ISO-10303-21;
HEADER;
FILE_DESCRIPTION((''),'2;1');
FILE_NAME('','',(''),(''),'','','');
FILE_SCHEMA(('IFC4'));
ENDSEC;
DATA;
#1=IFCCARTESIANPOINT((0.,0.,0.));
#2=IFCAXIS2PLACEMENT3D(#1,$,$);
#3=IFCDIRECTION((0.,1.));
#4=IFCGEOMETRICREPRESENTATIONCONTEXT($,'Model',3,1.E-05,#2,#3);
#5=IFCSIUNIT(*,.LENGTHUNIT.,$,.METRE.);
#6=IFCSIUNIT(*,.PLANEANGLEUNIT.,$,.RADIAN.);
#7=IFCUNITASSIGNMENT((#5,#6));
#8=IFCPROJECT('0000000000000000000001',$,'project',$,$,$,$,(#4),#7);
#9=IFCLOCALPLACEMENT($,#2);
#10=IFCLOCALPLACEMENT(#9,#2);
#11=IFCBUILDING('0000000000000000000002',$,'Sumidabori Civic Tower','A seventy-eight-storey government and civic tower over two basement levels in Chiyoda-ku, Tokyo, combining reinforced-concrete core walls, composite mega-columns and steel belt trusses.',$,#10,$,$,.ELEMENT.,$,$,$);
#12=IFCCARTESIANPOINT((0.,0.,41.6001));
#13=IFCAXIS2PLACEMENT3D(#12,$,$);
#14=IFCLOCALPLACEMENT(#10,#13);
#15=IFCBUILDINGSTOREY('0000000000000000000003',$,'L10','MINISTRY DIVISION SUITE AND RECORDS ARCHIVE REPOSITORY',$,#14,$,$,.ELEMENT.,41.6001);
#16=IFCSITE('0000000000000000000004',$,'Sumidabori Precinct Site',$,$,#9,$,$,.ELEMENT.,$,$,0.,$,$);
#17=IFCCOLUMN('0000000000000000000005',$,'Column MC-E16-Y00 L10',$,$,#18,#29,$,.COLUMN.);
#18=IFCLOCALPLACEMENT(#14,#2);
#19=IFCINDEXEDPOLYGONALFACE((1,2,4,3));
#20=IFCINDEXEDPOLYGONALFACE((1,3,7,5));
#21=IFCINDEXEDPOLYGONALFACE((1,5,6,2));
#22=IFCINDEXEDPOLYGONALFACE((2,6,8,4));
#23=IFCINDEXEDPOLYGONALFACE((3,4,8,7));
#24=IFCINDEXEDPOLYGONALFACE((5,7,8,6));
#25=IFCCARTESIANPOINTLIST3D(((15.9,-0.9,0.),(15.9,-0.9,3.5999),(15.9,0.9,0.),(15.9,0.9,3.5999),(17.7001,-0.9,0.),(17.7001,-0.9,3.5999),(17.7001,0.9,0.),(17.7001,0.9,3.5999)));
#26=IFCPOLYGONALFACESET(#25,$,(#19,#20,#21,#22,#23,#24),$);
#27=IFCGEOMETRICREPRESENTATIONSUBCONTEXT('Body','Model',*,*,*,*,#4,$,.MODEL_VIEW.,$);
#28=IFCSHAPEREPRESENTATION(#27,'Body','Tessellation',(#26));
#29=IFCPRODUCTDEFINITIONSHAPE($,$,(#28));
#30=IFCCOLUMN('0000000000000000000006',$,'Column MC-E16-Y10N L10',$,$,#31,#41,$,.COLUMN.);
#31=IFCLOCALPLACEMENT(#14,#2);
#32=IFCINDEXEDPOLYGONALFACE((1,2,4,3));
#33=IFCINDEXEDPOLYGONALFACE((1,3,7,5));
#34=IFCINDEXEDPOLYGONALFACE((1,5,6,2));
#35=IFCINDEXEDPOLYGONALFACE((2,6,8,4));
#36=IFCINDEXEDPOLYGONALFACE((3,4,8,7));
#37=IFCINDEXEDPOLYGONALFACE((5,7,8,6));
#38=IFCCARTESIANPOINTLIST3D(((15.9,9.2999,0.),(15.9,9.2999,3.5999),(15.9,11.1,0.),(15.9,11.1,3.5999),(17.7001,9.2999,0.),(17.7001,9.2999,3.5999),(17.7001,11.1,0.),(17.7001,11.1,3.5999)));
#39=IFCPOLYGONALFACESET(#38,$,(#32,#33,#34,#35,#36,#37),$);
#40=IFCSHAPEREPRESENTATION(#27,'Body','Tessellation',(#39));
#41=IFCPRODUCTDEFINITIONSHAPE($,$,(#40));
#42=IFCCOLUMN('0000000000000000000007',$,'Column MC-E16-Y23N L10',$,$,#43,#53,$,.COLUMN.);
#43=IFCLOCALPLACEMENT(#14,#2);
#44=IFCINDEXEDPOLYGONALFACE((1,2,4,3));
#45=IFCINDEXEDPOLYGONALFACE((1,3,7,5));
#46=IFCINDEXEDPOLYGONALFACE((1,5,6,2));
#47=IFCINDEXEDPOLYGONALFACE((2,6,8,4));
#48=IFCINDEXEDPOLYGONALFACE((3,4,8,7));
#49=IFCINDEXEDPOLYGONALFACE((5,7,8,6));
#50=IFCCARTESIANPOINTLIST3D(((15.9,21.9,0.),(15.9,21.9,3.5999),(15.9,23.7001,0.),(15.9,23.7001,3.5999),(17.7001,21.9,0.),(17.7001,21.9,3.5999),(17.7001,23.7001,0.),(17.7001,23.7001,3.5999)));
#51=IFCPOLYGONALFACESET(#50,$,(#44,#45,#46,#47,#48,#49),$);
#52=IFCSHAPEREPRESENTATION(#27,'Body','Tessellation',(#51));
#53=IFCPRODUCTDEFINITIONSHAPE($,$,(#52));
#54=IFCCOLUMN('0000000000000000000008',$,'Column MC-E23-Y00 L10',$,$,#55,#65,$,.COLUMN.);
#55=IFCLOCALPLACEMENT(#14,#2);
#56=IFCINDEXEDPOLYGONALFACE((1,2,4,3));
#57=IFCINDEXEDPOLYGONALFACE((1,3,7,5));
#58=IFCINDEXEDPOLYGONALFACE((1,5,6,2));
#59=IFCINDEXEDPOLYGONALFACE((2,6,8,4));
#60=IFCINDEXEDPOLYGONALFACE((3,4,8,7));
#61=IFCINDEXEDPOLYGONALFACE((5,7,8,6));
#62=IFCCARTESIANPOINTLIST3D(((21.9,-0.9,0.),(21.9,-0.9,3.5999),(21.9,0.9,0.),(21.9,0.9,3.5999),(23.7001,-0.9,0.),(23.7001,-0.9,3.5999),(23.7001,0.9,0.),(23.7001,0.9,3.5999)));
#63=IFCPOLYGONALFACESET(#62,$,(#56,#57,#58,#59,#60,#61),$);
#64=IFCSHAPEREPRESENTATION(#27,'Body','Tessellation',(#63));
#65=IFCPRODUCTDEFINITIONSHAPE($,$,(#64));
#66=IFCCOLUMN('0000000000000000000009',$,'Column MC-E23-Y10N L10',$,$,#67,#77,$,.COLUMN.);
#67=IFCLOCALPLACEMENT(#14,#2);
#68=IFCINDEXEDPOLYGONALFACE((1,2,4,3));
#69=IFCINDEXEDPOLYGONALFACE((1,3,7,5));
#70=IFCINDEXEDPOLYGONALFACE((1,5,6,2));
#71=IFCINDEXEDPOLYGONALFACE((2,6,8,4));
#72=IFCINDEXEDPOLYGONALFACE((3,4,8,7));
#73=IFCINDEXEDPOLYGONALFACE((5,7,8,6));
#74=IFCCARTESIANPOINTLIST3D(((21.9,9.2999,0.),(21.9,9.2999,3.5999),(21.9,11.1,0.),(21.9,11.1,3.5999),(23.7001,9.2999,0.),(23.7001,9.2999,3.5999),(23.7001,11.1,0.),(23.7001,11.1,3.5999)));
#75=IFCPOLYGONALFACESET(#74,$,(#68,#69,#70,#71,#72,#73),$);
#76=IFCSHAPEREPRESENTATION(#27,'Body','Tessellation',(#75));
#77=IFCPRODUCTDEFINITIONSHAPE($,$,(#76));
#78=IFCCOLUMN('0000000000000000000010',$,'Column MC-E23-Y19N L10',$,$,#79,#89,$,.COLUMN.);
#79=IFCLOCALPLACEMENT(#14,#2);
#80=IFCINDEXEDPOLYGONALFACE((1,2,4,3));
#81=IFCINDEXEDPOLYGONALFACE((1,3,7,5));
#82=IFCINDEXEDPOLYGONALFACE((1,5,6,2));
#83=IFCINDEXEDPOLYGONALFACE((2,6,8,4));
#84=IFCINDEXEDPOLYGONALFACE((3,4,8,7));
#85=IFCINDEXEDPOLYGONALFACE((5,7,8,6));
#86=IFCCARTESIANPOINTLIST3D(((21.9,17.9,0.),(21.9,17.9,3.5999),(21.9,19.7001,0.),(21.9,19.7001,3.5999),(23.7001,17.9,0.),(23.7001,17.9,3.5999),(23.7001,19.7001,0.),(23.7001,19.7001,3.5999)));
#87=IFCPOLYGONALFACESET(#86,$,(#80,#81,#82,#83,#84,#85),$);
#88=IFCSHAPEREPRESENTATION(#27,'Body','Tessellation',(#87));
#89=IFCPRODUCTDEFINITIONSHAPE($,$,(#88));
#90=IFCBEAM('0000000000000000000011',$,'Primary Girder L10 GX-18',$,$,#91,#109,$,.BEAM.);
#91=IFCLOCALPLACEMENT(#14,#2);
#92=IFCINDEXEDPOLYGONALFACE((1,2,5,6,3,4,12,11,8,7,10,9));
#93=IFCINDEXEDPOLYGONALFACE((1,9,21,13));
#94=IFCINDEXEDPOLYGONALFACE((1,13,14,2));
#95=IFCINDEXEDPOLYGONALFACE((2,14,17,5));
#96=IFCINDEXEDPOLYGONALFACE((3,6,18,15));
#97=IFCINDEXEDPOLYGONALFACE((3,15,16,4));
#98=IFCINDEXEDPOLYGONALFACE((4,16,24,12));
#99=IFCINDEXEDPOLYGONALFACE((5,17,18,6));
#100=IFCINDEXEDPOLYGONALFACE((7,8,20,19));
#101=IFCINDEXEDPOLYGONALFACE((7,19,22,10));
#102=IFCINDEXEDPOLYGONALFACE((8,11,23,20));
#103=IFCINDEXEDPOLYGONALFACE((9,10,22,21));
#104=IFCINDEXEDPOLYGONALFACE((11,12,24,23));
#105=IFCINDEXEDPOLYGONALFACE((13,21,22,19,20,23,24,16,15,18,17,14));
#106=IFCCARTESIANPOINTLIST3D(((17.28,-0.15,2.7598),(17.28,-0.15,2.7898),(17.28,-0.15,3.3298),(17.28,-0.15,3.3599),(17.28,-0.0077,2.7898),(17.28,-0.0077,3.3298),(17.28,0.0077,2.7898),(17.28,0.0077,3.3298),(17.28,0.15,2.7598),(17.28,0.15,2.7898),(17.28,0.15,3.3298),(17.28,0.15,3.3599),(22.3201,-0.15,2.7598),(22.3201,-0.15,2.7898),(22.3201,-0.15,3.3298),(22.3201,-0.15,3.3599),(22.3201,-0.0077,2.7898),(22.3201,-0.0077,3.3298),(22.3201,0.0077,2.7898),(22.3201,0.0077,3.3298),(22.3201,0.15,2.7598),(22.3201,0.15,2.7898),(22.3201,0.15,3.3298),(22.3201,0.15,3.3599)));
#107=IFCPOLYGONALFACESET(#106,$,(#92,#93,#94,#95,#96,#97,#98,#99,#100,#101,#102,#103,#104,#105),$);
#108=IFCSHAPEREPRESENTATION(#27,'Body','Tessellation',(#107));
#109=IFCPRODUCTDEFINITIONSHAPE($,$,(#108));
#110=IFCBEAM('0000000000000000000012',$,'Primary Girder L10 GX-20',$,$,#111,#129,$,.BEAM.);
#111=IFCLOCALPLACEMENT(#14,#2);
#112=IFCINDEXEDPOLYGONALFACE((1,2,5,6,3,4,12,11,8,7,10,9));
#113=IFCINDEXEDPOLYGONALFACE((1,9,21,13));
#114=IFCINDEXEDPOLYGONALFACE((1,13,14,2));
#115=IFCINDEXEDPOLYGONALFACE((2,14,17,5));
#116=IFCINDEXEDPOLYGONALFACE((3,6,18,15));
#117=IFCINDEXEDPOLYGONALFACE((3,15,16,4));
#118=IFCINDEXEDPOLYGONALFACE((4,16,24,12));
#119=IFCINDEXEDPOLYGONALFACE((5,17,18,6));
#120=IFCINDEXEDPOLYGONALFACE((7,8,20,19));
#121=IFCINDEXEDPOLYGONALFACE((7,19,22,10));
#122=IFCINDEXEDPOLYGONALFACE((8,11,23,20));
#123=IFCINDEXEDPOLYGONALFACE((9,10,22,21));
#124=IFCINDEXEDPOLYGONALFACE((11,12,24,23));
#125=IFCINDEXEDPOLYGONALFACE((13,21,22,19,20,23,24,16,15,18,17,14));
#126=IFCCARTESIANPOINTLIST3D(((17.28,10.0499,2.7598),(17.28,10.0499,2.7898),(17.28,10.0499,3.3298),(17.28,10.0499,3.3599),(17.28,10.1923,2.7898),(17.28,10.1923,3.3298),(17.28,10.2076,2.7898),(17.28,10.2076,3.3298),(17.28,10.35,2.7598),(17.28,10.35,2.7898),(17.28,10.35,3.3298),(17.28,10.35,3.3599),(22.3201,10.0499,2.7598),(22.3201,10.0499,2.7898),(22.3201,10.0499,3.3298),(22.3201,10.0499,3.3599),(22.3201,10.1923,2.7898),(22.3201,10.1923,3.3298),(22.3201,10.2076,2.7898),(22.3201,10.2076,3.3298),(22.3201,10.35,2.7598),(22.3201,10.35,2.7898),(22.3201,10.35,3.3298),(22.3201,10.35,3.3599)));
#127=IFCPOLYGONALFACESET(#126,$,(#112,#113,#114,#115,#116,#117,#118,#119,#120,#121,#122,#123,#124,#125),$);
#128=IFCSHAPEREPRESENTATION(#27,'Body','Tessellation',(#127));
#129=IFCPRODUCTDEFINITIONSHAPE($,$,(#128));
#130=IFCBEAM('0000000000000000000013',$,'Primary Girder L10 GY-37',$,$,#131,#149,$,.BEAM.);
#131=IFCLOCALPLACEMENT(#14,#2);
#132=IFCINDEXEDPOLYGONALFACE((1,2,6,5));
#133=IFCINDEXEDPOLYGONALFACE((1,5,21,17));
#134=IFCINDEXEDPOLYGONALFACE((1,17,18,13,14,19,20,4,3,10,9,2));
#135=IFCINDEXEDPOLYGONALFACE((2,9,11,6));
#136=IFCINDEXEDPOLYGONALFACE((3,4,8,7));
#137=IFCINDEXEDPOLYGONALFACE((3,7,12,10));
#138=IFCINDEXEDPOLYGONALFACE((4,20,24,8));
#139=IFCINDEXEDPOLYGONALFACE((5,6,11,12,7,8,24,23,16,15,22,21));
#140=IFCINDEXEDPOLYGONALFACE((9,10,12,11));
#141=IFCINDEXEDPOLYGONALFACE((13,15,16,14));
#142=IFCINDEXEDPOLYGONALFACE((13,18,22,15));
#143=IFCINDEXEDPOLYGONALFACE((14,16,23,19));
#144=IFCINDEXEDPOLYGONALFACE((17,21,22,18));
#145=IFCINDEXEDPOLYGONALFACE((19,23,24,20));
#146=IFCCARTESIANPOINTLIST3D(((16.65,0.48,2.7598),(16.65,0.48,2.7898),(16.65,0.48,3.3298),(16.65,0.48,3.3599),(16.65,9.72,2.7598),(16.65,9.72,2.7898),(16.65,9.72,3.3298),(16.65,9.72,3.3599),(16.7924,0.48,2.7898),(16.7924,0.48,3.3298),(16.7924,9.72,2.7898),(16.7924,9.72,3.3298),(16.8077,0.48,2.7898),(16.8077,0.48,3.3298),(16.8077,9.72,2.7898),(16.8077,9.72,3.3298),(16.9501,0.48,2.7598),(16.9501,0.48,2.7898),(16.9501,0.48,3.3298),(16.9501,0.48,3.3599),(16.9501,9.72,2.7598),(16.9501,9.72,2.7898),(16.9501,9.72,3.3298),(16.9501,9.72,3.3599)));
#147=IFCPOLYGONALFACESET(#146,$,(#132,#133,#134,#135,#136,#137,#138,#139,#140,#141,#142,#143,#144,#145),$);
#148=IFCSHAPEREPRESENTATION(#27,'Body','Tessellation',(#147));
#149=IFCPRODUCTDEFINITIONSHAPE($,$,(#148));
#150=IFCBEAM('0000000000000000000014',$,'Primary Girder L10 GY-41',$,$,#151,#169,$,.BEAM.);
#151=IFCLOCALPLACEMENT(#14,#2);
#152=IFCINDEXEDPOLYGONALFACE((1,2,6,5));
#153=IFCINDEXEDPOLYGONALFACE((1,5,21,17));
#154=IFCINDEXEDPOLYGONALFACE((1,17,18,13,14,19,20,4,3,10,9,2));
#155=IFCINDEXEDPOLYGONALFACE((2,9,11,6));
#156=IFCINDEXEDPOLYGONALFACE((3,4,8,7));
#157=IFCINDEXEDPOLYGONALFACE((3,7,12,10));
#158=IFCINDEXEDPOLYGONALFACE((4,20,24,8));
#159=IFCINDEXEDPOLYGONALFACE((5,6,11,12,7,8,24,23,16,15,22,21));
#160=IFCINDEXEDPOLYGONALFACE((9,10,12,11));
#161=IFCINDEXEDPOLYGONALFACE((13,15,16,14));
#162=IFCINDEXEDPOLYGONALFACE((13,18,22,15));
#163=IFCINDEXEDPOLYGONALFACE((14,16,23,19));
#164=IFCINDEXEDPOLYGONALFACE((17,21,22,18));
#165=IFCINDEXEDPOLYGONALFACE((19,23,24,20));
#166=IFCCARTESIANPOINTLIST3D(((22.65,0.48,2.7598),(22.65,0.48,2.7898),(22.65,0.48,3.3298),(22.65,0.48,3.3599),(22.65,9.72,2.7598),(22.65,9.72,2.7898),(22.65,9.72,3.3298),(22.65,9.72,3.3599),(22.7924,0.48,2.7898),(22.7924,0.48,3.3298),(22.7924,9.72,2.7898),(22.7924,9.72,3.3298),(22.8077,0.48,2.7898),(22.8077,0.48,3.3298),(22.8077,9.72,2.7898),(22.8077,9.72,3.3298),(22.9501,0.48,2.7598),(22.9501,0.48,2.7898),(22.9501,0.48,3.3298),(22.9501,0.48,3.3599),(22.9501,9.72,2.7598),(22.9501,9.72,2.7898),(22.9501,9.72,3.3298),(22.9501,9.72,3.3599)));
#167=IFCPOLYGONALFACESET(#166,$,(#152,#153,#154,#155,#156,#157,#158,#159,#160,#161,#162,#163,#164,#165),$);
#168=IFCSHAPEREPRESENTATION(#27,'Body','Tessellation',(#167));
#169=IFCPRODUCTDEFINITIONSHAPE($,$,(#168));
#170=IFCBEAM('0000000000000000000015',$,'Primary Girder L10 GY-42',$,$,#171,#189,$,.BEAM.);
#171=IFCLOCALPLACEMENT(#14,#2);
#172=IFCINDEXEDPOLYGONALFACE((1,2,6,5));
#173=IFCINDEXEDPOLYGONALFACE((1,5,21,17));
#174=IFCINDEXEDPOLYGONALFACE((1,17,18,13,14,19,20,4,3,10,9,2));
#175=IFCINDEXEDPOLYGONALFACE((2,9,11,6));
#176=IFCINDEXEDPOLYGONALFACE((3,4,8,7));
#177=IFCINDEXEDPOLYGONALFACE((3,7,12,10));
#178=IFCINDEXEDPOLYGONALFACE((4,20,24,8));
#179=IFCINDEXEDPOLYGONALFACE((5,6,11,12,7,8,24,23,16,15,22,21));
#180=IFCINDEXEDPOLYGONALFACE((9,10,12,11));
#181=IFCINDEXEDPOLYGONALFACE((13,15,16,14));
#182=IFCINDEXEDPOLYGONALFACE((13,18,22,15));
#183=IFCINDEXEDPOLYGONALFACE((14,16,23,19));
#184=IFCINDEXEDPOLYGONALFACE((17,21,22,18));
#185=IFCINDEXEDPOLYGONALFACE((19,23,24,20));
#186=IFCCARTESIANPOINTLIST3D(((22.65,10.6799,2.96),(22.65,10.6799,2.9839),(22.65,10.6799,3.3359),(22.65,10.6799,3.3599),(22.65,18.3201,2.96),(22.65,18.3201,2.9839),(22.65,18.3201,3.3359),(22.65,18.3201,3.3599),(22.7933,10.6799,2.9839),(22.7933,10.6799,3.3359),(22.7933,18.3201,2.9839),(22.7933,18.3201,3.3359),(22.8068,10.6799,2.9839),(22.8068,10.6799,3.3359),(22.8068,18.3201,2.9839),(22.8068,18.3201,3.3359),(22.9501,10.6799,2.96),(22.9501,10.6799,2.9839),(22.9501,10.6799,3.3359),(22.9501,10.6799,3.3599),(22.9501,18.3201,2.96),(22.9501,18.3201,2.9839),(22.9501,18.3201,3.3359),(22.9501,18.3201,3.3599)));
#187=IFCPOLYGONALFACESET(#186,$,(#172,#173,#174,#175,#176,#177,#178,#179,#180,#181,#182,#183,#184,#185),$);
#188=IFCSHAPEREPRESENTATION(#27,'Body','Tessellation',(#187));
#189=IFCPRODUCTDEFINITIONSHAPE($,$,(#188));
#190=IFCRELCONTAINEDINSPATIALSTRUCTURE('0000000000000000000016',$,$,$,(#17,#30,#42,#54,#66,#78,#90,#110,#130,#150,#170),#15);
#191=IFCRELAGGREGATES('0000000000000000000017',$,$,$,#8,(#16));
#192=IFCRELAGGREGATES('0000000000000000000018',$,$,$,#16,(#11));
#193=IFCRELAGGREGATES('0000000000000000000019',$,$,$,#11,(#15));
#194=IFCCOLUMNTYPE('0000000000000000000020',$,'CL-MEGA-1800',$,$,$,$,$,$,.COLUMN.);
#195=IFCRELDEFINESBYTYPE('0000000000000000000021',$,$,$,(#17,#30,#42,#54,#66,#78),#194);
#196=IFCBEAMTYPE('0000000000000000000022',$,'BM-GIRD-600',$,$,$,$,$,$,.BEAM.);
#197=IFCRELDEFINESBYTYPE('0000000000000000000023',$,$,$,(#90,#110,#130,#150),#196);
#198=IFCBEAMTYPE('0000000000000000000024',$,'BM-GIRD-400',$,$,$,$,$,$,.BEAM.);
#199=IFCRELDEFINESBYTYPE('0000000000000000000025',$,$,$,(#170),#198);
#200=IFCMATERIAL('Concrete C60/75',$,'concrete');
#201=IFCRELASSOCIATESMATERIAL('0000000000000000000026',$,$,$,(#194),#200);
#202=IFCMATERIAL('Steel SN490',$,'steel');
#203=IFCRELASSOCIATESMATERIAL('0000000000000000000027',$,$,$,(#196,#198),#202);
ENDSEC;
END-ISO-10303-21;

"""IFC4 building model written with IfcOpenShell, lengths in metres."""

from ifc_helpers import new_model, si_unit, direction, frame, origin, origin_2d, place, context, subcontext, project, spatial, rectangle, i_section, extrude, source, transform, mapped, material, material_profile, profile_set, type_object, element, save


model = new_model("IFC4")

# Units and contexts
model_context = context("Model", 3, precision=1e-05, world=origin(), true_north=direction((0.0, 1.0)))
body_context = subcontext(model_context, "Body", "Model", "MODEL_VIEW")
ifc_project = project(units=[si_unit("LENGTHUNIT", "METRE"), si_unit("PLANEANGLEUNIT", "RADIAN")], contexts=[model_context])

# Site, building, storey
site_placement = place(None, origin())
site = spatial("IfcSite", under=ifc_project, at=site_placement, Name="Sumidabori Precinct Site", CompositionType="ELEMENT", RefElevation=0.0)
building_placement = place(site_placement, origin())
building = spatial("IfcBuilding", under=site, at=building_placement, Name="Sumidabori Civic Tower", Description="A seventy-eight-storey government and civic tower over two basement levels in Chiyoda-ku, Tokyo, combining reinforced-concrete core walls, composite mega-columns and steel belt trusses.", CompositionType="ELEMENT")
storey_placement = place(building_placement, frame((0.0, 0.0, 41.6001)))
storey = spatial("IfcBuildingStorey", under=building, at=storey_placement, Name="L10", Description="MINISTRY DIVISION SUITE AND RECORDS ARCHIVE REPOSITORY", CompositionType="ELEMENT", Elevation=41.6001)

# Columns
ifc_material_1 = material(Name="Concrete C60/75", Category="concrete")
ifc_material_profile_1 = material_profile(ifc_material_1, rectangle(XDim=1.8, YDim=1.8, at=origin_2d()), Name="RC 1800x1800")
ifc_profile_set_1 = profile_set([ifc_material_profile_1], Name="Concrete C60/75")
column_type = type_object("IfcColumnType", Name="CL-MEGA-1800", PredefinedType="COLUMN", material=ifc_profile_set_1)
shared_shape_1 = source(origin(), body_context, "Body", "SweptSolid", [
    extrude(rectangle(XDim=1.8, YDim=1.8, at=origin_2d()), origin(), (0.0, 0.0, 1.0), 3.5999),
])
for number, where, z_axis, x_axis, name in (
    (1, (16.8, 0.0, 0.0), (0.0, 0.0, 1.0), (1.0, 0.0, 0.0), "Column MC-E16-Y00 L10"),
    (2, (16.8, 10.2, 0.0), (0.0, 0.0, 1.0), (1.0, 0.0, 0.0), "Column MC-E16-Y10N L10"),
    (3, (16.8, 22.8, 0.0), (0.0, 0.0, 1.0), (1.0, 0.0, 0.0), "Column MC-E16-Y23N L10"),
    (4, (22.8, 0.0, 0.0), (0.0, 0.0, 1.0), (1.0, 0.0, 0.0), "Column MC-E23-Y00 L10"),
    (5, (22.8, 10.2, 0.0), (0.0, 0.0, 1.0), (1.0, 0.0, 0.0), "Column MC-E23-Y10N L10"),
    (6, (22.8, 18.8, 0.0), (0.0, 0.0, 1.0), (1.0, 0.0, 0.0), "Column MC-E23-Y19N L10"),
):
    element("IfcColumn", number, at=place(storey_placement, frame(where, z_axis=z_axis, x_axis=x_axis)), inside=storey, type_object=column_type, Name=name, PredefinedType="COLUMN", context=body_context, shape_type="MappedRepresentation", body=[
        mapped(shared_shape_1, transform((0.0, 0.0, 0.0), x_axis=(1.0, 0.0, 0.0), y_axis=(0.0, 1.0, 0.0), z_axis=(0.0, 0.0, 1.0), scale=1.0)),
    ])

# Beams
ifc_material_2 = material(Name="Steel SN490", Category="steel")
ifc_material_profile_2 = material_profile(ifc_material_2, i_section(OverallWidth=0.3, OverallDepth=0.6001, WebThickness=0.0154, FlangeThickness=0.03, at=origin_2d()), Name="HE 600 B")
ifc_profile_set_2 = profile_set([ifc_material_profile_2], Name="Steel SN490")
beam_type_1 = type_object("IfcBeamType", Name="BM-GIRD-600", PredefinedType="BEAM", material=ifc_profile_set_2)
shared_shape_2 = source(origin(), body_context, "Body", "SweptSolid", [
    extrude(i_section(OverallWidth=0.3, OverallDepth=0.6001, WebThickness=0.0154, FlangeThickness=0.03, at=origin_2d()), origin(), (0.0, 0.0, 1.0), 5.04),
])
for number, where, z_axis, x_axis, name in (
    (7, (17.28, 0.0, 3.0598), (1.0, 0.0, 0.0), (0.0, 1.0, 0.0), "Primary Girder L10 GX-18"),
    (8, (17.28, 10.2, 3.0598), (1.0, 0.0, 0.0), (0.0, 1.0, 0.0), "Primary Girder L10 GX-20"),
):
    element("IfcBeam", number, at=place(storey_placement, frame(where, z_axis=z_axis, x_axis=x_axis)), inside=storey, type_object=beam_type_1, Name=name, PredefinedType="BEAM", context=body_context, shape_type="MappedRepresentation", body=[
        mapped(shared_shape_2, transform((0.0, 0.0, 0.0), x_axis=(1.0, 0.0, 0.0), y_axis=(0.0, 1.0, 0.0), z_axis=(0.0, 0.0, 1.0), scale=1.0)),
    ])
shared_shape_3 = source(origin(), body_context, "Body", "SweptSolid", [
    extrude(i_section(OverallWidth=0.3, OverallDepth=0.6001, WebThickness=0.0154, FlangeThickness=0.03, at=origin_2d()), origin(), (0.0, 0.0, 1.0), 9.24),
])
for number, where, z_axis, x_axis, name in (
    (9, (16.8, 0.48, 3.0598), (0.0, 1.0, 0.0), (-1.0, 0.0, 0.0), "Primary Girder L10 GY-37"),
    (10, (22.8, 0.48, 3.0598), (0.0, 1.0, 0.0), (-1.0, 0.0, 0.0), "Primary Girder L10 GY-41"),
):
    element("IfcBeam", number, at=place(storey_placement, frame(where, z_axis=z_axis, x_axis=x_axis)), inside=storey, type_object=beam_type_1, Name=name, PredefinedType="BEAM", context=body_context, shape_type="MappedRepresentation", body=[
        mapped(shared_shape_3, transform((0.0, 0.0, 0.0), x_axis=(1.0, 0.0, 0.0), y_axis=(0.0, 1.0, 0.0), z_axis=(0.0, 0.0, 1.0), scale=1.0)),
    ])
ifc_material_profile_3 = material_profile(ifc_material_2, i_section(OverallWidth=0.3, OverallDepth=0.3999, WebThickness=0.0134, FlangeThickness=0.0239, at=origin_2d()), Name="HE 400 B")
ifc_profile_set_3 = profile_set([ifc_material_profile_3], Name="Steel SN490")
beam_type_2 = type_object("IfcBeamType", Name="BM-GIRD-400", PredefinedType="BEAM", material=ifc_profile_set_3)
shared_shape_4 = source(origin(), body_context, "Body", "SweptSolid", [
    extrude(i_section(OverallWidth=0.3, OverallDepth=0.3999, WebThickness=0.0134, FlangeThickness=0.0239, at=origin_2d()), origin(), (0.0, 0.0, 1.0), 7.6401),
])
beam_1_placement = place(storey_placement, frame((22.8, 10.6799, 3.1599), z_axis=(0.0, 1.0, 0.0), x_axis=(-1.0, 0.0, 0.0)))
element("IfcBeam", 11, at=beam_1_placement, inside=storey, type_object=beam_type_2, Name="Primary Girder L10 GY-42", PredefinedType="BEAM", context=body_context, shape_type="MappedRepresentation", body=[
    mapped(shared_shape_4, transform((0.0, 0.0, 0.0), x_axis=(1.0, 0.0, 0.0), y_axis=(0.0, 1.0, 0.0), z_axis=(0.0, 0.0, 1.0), scale=1.0)),
])

save(model, "model.ifc")
